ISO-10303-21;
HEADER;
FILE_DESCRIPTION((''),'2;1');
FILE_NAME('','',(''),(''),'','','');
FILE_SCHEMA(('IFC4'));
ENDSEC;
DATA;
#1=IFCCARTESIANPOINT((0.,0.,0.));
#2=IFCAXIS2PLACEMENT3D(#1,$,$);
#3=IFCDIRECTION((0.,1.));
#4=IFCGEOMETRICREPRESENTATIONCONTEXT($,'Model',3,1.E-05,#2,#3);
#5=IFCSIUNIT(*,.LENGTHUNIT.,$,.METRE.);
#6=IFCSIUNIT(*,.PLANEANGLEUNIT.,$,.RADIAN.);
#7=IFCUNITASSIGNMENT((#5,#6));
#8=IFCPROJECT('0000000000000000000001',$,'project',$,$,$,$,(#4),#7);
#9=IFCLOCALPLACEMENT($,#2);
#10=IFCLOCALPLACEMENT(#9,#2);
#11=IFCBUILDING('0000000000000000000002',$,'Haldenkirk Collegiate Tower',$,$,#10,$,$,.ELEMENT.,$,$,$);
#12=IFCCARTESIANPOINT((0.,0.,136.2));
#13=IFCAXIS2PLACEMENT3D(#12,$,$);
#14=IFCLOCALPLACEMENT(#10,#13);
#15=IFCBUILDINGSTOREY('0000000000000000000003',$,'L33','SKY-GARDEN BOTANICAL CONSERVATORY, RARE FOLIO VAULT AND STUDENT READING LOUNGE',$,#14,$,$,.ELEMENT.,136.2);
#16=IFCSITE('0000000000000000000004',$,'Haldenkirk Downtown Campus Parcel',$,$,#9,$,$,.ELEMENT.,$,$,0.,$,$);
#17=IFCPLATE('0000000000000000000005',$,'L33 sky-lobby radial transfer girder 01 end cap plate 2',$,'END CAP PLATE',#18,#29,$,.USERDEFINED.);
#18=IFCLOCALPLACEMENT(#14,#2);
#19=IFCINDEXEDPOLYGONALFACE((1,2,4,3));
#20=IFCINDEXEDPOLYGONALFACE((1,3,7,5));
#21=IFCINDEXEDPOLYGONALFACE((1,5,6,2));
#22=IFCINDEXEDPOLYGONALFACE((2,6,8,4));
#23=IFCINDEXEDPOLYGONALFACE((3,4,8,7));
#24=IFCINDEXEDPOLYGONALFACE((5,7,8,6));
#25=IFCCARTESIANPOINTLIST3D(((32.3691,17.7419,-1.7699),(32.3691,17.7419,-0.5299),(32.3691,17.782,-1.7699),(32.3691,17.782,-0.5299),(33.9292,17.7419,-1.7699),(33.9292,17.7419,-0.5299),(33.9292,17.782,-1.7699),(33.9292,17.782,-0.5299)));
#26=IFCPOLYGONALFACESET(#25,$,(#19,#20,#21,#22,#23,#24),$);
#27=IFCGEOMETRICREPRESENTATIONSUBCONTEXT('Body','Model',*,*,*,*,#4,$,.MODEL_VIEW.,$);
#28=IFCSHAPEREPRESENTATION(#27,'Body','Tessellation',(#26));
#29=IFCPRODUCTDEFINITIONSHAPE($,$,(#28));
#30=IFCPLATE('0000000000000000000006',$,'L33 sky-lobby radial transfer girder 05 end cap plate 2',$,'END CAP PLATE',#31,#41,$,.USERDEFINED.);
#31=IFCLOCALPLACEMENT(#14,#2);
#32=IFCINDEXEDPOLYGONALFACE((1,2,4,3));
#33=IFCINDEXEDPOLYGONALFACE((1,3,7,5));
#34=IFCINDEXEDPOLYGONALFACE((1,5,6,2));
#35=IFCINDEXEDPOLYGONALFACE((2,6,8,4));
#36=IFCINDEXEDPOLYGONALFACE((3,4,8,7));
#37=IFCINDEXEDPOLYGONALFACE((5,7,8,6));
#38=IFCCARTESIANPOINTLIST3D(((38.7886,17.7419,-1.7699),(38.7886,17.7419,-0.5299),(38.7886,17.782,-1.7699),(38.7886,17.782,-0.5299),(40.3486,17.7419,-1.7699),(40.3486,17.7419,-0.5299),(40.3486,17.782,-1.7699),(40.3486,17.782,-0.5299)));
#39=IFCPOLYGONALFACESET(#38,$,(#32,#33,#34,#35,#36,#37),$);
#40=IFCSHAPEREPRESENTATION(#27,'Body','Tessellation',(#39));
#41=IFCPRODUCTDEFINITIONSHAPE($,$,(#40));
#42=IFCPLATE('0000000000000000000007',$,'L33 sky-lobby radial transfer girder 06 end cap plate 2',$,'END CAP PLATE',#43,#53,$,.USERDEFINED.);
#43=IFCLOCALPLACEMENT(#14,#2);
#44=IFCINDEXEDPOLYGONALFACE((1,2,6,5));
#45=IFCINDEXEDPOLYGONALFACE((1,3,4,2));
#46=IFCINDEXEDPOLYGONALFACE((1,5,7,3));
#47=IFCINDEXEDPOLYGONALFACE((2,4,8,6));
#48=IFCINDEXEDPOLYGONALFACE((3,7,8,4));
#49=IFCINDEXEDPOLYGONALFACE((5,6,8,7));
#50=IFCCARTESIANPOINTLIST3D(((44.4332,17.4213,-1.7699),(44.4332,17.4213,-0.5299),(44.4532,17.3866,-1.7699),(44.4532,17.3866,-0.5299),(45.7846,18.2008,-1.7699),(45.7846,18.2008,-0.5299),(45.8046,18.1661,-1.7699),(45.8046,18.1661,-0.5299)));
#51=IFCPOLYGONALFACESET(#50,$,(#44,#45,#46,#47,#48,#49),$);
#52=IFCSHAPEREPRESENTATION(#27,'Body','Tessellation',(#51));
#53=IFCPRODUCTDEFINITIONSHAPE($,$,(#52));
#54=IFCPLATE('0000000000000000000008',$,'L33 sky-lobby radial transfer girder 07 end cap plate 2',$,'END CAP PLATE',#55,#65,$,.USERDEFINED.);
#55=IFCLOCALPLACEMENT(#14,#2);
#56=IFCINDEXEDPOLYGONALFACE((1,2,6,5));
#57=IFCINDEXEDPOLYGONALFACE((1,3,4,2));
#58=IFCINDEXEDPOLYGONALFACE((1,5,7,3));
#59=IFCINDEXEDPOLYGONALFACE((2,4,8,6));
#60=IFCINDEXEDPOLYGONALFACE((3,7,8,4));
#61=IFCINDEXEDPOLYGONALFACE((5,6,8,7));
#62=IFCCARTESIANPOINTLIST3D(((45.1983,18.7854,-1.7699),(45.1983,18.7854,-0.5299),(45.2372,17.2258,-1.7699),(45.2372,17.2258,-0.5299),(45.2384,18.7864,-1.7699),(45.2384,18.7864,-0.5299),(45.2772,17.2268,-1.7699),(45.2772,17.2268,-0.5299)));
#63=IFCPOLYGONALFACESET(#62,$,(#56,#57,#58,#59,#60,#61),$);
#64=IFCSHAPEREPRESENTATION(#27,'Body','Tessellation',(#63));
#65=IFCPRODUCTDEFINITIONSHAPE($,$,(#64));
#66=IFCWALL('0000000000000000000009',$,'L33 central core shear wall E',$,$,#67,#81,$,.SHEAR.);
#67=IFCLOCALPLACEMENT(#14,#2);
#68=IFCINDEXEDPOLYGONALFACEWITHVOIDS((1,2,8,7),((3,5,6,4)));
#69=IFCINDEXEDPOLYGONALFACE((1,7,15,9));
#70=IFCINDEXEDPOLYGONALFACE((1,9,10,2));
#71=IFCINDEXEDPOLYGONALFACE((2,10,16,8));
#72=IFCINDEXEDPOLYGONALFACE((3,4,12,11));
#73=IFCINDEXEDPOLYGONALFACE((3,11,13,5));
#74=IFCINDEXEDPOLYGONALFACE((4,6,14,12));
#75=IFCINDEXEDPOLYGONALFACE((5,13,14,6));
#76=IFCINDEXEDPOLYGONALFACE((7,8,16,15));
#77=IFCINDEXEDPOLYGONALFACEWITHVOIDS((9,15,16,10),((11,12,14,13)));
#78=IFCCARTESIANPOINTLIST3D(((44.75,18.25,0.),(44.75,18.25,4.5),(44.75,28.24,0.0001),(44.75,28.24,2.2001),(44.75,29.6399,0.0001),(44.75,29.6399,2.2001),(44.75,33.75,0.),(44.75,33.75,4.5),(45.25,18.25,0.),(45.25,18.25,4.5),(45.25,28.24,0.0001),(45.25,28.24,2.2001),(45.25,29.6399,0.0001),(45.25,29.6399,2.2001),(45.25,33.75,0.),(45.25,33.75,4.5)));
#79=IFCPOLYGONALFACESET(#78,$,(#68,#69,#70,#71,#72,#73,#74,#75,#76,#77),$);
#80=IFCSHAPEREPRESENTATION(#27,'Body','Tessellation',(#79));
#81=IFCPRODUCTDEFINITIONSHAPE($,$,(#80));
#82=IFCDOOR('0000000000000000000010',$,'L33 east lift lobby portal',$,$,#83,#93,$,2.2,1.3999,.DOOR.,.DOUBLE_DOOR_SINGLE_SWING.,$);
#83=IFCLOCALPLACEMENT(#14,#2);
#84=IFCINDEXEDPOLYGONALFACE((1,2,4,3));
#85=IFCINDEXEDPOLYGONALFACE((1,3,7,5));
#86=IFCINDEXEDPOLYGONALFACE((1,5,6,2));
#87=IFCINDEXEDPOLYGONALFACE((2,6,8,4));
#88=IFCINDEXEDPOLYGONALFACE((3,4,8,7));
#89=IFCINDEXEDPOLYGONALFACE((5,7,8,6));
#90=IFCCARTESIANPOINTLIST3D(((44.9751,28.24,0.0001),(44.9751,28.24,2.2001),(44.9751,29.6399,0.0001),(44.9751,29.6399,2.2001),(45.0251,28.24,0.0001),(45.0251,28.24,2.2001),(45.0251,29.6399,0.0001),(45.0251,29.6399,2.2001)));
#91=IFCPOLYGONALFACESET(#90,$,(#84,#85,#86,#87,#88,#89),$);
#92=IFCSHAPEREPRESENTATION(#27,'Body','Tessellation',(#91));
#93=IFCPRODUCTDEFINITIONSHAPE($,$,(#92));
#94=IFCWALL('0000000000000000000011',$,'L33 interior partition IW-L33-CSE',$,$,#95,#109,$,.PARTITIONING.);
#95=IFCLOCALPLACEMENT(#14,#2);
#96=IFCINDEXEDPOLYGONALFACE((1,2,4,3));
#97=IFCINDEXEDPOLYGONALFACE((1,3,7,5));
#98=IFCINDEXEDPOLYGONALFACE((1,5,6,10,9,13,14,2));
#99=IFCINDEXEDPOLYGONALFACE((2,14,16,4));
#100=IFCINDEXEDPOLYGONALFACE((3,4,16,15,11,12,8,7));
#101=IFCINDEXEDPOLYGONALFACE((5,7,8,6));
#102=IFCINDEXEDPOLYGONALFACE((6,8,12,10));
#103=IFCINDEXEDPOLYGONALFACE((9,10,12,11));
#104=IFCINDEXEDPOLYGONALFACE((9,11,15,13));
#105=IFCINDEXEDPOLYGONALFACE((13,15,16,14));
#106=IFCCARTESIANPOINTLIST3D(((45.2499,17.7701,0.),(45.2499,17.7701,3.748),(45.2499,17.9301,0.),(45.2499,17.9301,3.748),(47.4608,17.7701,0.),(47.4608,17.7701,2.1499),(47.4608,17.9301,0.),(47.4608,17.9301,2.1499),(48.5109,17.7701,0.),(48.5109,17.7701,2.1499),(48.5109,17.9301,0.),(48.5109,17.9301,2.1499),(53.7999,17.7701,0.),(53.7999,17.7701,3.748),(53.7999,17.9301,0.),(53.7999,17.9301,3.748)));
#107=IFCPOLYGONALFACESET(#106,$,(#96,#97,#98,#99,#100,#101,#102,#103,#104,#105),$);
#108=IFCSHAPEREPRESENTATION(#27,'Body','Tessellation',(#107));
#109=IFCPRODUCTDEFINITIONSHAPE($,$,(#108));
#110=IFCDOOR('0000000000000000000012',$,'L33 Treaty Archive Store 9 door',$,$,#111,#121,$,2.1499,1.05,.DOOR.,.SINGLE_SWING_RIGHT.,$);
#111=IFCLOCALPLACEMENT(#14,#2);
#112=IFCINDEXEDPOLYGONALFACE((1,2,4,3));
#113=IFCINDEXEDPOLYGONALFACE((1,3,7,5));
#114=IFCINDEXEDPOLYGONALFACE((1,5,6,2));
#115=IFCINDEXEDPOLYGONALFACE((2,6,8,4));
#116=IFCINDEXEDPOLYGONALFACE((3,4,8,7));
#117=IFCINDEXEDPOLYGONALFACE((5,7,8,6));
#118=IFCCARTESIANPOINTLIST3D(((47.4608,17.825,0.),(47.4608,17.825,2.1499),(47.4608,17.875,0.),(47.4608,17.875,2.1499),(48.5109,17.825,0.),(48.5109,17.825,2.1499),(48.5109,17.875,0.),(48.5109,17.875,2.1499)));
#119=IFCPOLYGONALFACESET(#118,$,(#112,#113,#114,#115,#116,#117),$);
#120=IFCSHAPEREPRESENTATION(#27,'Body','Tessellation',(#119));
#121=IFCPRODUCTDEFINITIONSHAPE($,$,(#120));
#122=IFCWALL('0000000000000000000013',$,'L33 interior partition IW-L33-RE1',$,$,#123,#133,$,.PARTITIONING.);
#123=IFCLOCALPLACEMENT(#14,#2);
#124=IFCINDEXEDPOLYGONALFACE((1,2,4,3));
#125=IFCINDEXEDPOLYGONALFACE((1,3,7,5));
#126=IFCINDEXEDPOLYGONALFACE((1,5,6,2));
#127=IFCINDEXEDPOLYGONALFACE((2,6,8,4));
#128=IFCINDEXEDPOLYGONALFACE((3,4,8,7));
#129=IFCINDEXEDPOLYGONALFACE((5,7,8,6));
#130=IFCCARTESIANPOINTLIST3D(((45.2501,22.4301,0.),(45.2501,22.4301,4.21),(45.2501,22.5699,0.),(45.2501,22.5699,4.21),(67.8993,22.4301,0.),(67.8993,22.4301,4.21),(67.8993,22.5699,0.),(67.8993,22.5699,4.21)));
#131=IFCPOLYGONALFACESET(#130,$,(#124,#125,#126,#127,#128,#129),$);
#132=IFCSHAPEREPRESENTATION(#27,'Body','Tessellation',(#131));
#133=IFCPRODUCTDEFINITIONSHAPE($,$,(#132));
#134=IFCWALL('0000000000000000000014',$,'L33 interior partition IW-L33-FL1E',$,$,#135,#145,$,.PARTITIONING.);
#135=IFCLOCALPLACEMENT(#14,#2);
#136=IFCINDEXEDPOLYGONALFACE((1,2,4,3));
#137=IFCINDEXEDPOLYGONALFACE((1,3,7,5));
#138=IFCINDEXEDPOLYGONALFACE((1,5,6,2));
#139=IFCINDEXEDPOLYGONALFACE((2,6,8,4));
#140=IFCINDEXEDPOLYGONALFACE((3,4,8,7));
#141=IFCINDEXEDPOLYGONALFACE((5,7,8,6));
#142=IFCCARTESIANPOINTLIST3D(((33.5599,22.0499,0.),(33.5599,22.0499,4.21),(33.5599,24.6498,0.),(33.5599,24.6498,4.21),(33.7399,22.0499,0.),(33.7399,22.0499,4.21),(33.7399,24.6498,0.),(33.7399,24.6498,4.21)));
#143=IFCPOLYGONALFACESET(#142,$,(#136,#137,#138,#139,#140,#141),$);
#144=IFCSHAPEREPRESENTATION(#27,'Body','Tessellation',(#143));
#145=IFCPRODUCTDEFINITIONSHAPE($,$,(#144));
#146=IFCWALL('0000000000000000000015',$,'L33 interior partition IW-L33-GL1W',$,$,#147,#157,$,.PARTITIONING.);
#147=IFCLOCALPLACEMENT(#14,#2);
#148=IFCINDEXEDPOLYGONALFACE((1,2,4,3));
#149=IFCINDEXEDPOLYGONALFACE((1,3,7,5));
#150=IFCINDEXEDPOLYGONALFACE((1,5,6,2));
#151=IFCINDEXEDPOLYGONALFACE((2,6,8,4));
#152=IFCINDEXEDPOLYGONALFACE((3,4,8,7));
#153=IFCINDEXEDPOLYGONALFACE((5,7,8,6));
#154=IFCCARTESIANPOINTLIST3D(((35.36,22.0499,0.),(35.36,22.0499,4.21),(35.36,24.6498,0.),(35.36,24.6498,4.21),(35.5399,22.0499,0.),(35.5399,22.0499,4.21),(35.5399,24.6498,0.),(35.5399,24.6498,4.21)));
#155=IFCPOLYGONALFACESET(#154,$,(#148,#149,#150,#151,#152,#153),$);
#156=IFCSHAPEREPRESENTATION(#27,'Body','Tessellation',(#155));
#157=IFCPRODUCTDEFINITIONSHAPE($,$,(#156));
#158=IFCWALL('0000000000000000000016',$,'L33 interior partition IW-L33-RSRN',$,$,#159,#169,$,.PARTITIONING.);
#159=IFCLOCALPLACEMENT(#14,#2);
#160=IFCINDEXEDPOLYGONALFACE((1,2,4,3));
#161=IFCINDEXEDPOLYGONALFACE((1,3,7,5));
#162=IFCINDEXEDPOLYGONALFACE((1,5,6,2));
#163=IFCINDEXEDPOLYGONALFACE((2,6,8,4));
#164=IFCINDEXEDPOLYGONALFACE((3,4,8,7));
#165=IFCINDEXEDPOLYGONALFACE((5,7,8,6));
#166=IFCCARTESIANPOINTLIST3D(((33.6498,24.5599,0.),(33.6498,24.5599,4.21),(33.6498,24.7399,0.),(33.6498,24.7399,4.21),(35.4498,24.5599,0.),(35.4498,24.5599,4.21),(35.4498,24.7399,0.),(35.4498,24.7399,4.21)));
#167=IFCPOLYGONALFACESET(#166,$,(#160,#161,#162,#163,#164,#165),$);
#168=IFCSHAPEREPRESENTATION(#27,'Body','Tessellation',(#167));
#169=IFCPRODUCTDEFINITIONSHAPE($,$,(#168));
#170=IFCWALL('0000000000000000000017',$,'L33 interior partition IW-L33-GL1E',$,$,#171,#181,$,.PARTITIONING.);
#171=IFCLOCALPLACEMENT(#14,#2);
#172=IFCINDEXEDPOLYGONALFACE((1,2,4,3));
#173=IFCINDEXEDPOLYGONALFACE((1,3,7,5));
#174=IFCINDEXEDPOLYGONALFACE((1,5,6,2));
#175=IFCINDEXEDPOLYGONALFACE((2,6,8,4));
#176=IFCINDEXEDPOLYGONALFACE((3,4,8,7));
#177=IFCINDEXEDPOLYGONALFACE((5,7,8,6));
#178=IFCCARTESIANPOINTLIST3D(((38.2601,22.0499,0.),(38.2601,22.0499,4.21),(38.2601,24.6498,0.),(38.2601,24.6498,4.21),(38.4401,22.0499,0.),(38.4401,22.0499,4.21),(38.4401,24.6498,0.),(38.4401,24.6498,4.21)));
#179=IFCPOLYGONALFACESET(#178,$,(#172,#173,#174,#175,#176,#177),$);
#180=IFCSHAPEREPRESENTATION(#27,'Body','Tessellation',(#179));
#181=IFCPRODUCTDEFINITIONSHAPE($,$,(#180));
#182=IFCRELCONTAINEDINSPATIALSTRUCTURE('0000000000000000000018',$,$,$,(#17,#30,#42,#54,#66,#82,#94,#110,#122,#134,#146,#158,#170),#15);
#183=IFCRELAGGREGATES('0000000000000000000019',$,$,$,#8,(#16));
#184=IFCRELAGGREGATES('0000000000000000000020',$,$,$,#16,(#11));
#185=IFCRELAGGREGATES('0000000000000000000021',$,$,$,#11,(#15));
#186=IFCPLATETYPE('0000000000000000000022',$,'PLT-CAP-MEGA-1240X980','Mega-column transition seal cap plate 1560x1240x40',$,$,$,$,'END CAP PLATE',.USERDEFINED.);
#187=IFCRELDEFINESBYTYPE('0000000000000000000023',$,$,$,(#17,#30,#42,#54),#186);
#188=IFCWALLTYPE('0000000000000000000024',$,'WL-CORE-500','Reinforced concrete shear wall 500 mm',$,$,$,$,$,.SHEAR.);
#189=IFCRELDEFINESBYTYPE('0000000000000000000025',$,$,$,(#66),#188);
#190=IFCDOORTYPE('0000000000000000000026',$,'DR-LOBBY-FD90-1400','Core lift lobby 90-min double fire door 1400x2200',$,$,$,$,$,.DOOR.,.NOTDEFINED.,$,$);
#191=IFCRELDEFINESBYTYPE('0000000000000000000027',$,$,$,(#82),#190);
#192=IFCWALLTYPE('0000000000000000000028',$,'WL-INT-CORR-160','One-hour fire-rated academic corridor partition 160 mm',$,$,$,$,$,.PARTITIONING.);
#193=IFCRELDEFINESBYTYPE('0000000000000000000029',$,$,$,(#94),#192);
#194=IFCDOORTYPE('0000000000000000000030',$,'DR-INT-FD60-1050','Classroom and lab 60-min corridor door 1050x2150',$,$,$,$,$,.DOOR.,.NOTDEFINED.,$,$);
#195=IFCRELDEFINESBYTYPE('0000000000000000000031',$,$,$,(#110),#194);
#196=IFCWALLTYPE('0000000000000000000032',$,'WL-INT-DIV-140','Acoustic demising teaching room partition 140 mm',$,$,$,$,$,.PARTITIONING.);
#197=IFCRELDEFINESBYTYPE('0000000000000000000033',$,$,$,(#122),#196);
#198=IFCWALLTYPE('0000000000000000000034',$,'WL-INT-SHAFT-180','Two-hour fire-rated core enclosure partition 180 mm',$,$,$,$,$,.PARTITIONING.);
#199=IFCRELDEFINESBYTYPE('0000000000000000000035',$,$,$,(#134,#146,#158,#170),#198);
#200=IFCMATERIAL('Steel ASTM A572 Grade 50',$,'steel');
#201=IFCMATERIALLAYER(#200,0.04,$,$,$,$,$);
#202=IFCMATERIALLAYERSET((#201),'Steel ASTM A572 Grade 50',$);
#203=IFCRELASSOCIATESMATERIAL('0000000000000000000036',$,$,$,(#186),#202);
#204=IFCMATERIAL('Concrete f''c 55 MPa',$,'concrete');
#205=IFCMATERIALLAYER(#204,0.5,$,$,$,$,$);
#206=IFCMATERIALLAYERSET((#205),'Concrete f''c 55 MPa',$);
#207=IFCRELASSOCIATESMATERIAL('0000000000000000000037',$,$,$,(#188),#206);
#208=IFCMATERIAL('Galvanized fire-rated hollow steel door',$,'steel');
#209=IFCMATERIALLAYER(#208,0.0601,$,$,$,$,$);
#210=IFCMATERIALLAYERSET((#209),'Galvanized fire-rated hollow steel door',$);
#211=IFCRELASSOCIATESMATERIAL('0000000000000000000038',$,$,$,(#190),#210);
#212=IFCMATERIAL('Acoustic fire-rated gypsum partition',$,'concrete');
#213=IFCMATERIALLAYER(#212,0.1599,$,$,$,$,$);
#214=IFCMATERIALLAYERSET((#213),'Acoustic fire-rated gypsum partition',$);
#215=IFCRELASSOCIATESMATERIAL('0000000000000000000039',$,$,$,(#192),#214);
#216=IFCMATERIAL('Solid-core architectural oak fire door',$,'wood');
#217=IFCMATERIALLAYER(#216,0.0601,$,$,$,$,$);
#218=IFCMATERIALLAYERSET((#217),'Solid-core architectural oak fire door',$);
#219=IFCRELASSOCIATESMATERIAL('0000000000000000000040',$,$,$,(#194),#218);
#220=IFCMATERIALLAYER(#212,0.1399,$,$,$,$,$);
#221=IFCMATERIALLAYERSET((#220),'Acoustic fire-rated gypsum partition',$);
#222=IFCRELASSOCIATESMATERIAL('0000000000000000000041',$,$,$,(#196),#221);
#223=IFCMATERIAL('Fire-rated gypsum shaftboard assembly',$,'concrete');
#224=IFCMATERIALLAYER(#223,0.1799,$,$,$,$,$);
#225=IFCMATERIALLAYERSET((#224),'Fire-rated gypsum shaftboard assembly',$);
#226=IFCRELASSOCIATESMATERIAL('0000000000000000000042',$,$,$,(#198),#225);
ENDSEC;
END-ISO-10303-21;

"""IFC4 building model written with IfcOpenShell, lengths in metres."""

from ifc_helpers import new_model, si_unit, direction, frame, frame_2d, origin, origin_2d, place, context, subcontext, project, spatial, rectangle, extrude, source, transform, mapped, material, layer, layer_set, type_object, element, fill, save


model = new_model("IFC4")

# Units and contexts
model_context = context("Model", 3, precision=1e-05, world=origin(), true_north=direction((0.0, 1.0)))
body_context = subcontext(model_context, "Body", "Model", "MODEL_VIEW")
ifc_project = project(units=[si_unit("LENGTHUNIT", "METRE"), si_unit("PLANEANGLEUNIT", "RADIAN")], contexts=[model_context])

# Site, building, storey
site_placement = place(None, origin())
site = spatial("IfcSite", under=ifc_project, at=site_placement, Name="Haldenkirk Downtown Campus Parcel", CompositionType="ELEMENT", RefElevation=0.0)
building_placement = place(site_placement, origin())
building = spatial("IfcBuilding", under=site, at=building_placement, Name="Haldenkirk Collegiate Tower", CompositionType="ELEMENT")
storey_placement = place(building_placement, frame((0.0, 0.0, 136.2)))
storey = spatial("IfcBuildingStorey", under=building, at=storey_placement, Name="L33", Description="SKY-GARDEN BOTANICAL CONSERVATORY, RARE FOLIO VAULT AND STUDENT READING LOUNGE", CompositionType="ELEMENT", Elevation=136.2)

# Plates
ifc_material_1 = material(Name="Steel ASTM A572 Grade 50", Category="steel")
ifc_layer_1 = layer(ifc_material_1, 0.04)
ifc_layer_set_1 = layer_set([ifc_layer_1], Name="Steel ASTM A572 Grade 50")
plate_type = type_object("IfcPlateType", Name="PLT-CAP-MEGA-1240X980", Description="Mega-column transition seal cap plate 1560x1240x40", ElementType="END CAP PLATE", PredefinedType="USERDEFINED", material=ifc_layer_set_1)
shared_shape = source(origin(), body_context, "Body", "SweptSolid", [
    extrude(rectangle(XDim=1.5601, YDim=1.24, at=origin_2d()), origin(), (0.0, 0.0, 1.0), 0.04),
])
for number, where, z_axis, x_axis, name in (
    (1, (33.1492, 17.7419, -1.1499), (0.0, 1.0, 0.0), (-1.0, 0.0, 0.0), "L33 sky-lobby radial transfer girder 01 end cap plate 2"),
    (2, (39.5686, 17.7419, -1.1499), (0.0, 1.0, 0.0), (-1.0, 0.0, 0.0), "L33 sky-lobby radial transfer girder 05 end cap plate 2"),
    (3, (45.1289, 17.7764, -1.1499), (-0.499627, 0.866241, 0.0), (-0.866241, -0.499627, 0.0), "L33 sky-lobby radial transfer girder 06 end cap plate 2"),
    (4, (45.2578, 18.0066, -1.1499), (-0.99969, -0.024917, 0.0), (0.024917, -0.99969, 0.0), "L33 sky-lobby radial transfer girder 07 end cap plate 2"),
):
    element("IfcPlate", number, at=place(storey_placement, frame(where, z_axis=z_axis, x_axis=x_axis)), inside=storey, type_object=plate_type, Name=name, ObjectType="END CAP PLATE", PredefinedType="USERDEFINED", context=body_context, shape_type="MappedRepresentation", body=[
        mapped(shared_shape, transform((0.0, 0.0, 0.0), x_axis=(1.0, 0.0, 0.0), y_axis=(0.0, 1.0, 0.0), z_axis=(0.0, 0.0, 1.0), scale=1.0)),
    ])

# Walls, openings, doors
ifc_material_2 = material(Name="Concrete f'c 55 MPa", Category="concrete")
ifc_layer_2 = layer(ifc_material_2, 0.5)
ifc_layer_set_2 = layer_set([ifc_layer_2], Name="Concrete f'c 55 MPa")
wall_type_1 = type_object("IfcWallType", Name="WL-CORE-500", Description="Reinforced concrete shear wall 500 mm", PredefinedType="SHEAR", material=ifc_layer_set_2)
wall_1_placement = place(storey_placement, frame((45.0, 18.25, 0.0), z_axis=(0.0, 0.0, 1.0), x_axis=(0.0, 1.0, 0.0)))
wall_1 = element("IfcWall", 5, at=wall_1_placement, inside=storey, type_object=wall_type_1, Name="L33 central core shear wall E", PredefinedType="SHEAR", context=body_context, shape_type="SweptSolid", body=[
    extrude(rectangle(XDim=15.5, YDim=0.5, at=frame_2d((7.75, 0.0))), origin(), (0.0, 0.0, 1.0), 4.5),
])
opening_1_placement = place(wall_1_placement, frame((9.99, 0.0, 0.0)))
opening_1 = element("IfcOpeningElement", 6, at=opening_1_placement, cuts=wall_1, PredefinedType="OPENING", context=body_context, shape_type="SweptSolid", body=[
    extrude(rectangle(XDim=1.3999, YDim=2.2, at=frame_2d((0.7, 1.1001))), frame((0.0, 0.26, 0.0), z_axis=(0.0, -1.0, 0.0), x_axis=(1.0, 0.0, 0.0)), (0.0, 0.0, 1.0), 0.52),
])
ifc_material_3 = material(Name="Galvanized fire-rated hollow steel door", Category="steel")
ifc_layer_3 = layer(ifc_material_3, 0.0601)
ifc_layer_set_3 = layer_set([ifc_layer_3], Name="Galvanized fire-rated hollow steel door")
door_type_1 = type_object("IfcDoorType", Name="DR-LOBBY-FD90-1400", Description="Core lift lobby 90-min double fire door 1400x2200", OperationType="NOTDEFINED", PredefinedType="DOOR", material=ifc_layer_set_3)
door_1_placement = place(opening_1_placement, origin())
door_1 = element("IfcDoor", 7, at=door_1_placement, inside=storey, type_object=door_type_1, Name="L33 east lift lobby portal", OperationType="DOUBLE_DOOR_SINGLE_SWING", OverallHeight=2.2, OverallWidth=1.3999, PredefinedType="DOOR", context=body_context, shape_type="SweptSolid", body=[
    extrude(rectangle(XDim=1.3999, YDim=2.2, at=frame_2d((0.7, 1.1001))), frame((0.0, 0.0249, 0.0), z_axis=(0.0, -1.0, 0.0), x_axis=(1.0, 0.0, 0.0)), (0.0, 0.0, 1.0), 0.05),
])
fill(opening_1, door_1)
ifc_material_4 = material(Name="Acoustic fire-rated gypsum partition", Category="concrete")
ifc_layer_4 = layer(ifc_material_4, 0.1599)
ifc_layer_set_4 = layer_set([ifc_layer_4], Name="Acoustic fire-rated gypsum partition")
wall_type_2 = type_object("IfcWallType", Name="WL-INT-CORR-160", Description="One-hour fire-rated academic corridor partition 160 mm", PredefinedType="PARTITIONING", material=ifc_layer_set_4)
wall_2_placement = place(storey_placement, frame((45.25, 17.8501, 0.0), z_axis=(0.0, 0.0, 1.0), x_axis=(1.0, 0.0, 0.0)))
wall_2 = element("IfcWall", 8, at=wall_2_placement, inside=storey, type_object=wall_type_2, Name="L33 interior partition IW-L33-CSE", PredefinedType="PARTITIONING", context=body_context, shape_type="SweptSolid", body=[
    extrude(rectangle(XDim=8.55, YDim=0.1599, at=frame_2d((4.2749, 0.0))), origin(), (0.0, 0.0, 1.0), 3.748),
])
opening_2_placement = place(wall_2_placement, frame((2.2109, 0.0, 0.0)))
opening_2 = element("IfcOpeningElement", 9, at=opening_2_placement, cuts=wall_2, PredefinedType="OPENING", context=body_context, shape_type="SweptSolid", body=[
    extrude(rectangle(XDim=1.05, YDim=2.1499, at=frame_2d((0.5249, 1.075))), frame((0.0, 0.0898, 0.0), z_axis=(0.0, -1.0, 0.0), x_axis=(1.0, 0.0, 0.0)), (0.0, 0.0, 1.0), 0.1799),
])
ifc_material_5 = material(Name="Solid-core architectural oak fire door", Category="wood")
ifc_layer_5 = layer(ifc_material_5, 0.0601)
ifc_layer_set_5 = layer_set([ifc_layer_5], Name="Solid-core architectural oak fire door")
door_type_2 = type_object("IfcDoorType", Name="DR-INT-FD60-1050", Description="Classroom and lab 60-min corridor door 1050x2150", OperationType="NOTDEFINED", PredefinedType="DOOR", material=ifc_layer_set_5)
door_2_placement = place(opening_2_placement, origin())
door_2 = element("IfcDoor", 10, at=door_2_placement, inside=storey, type_object=door_type_2, Name="L33 Treaty Archive Store 9 door", OperationType="SINGLE_SWING_RIGHT", OverallHeight=2.1499, OverallWidth=1.05, PredefinedType="DOOR", context=body_context, shape_type="SweptSolid", body=[
    extrude(rectangle(XDim=1.05, YDim=2.1499, at=frame_2d((0.5249, 1.075))), frame((0.0, 0.0249, 0.0), z_axis=(0.0, -1.0, 0.0), x_axis=(1.0, 0.0, 0.0)), (0.0, 0.0, 1.0), 0.05),
])
fill(opening_2, door_2)

# Walls
ifc_layer_6 = layer(ifc_material_4, 0.1399)
ifc_layer_set_6 = layer_set([ifc_layer_6], Name="Acoustic fire-rated gypsum partition")
wall_type_3 = type_object("IfcWallType", Name="WL-INT-DIV-140", Description="Acoustic demising teaching room partition 140 mm", PredefinedType="PARTITIONING", material=ifc_layer_set_6)
wall_3_placement = place(storey_placement, frame((45.25, 22.5, 0.0), z_axis=(0.0, 0.0, 1.0), x_axis=(1.0, 0.0, 0.0)))
element("IfcWall", 11, at=wall_3_placement, inside=storey, type_object=wall_type_3, Name="L33 interior partition IW-L33-RE1", PredefinedType="PARTITIONING", context=body_context, shape_type="SweptSolid", body=[
    extrude(rectangle(XDim=22.6492, YDim=0.1399, at=frame_2d((11.3247, 0.0))), origin(), (0.0, 0.0, 1.0), 4.21),
])
ifc_material_6 = material(Name="Fire-rated gypsum shaftboard assembly", Category="concrete")
ifc_layer_7 = layer(ifc_material_6, 0.1799)
ifc_layer_set_7 = layer_set([ifc_layer_7], Name="Fire-rated gypsum shaftboard assembly")
wall_type_4 = type_object("IfcWallType", Name="WL-INT-SHAFT-180", Description="Two-hour fire-rated core enclosure partition 180 mm", PredefinedType="PARTITIONING", material=ifc_layer_set_7)
for number, where, z_axis, x_axis, name in (
    (12, (33.6499, 22.05, 0.0), (0.0, 0.0, 1.0), (0.0, 1.0, 0.0), "L33 interior partition IW-L33-FL1E"),
    (13, (35.45, 22.05, 0.0), (0.0, 0.0, 1.0), (0.0, 1.0, 0.0), "L33 interior partition IW-L33-GL1W"),
):
    element("IfcWall", number, at=place(storey_placement, frame(where, z_axis=z_axis, x_axis=x_axis)), inside=storey, type_object=wall_type_4, Name=name, PredefinedType="PARTITIONING", context=body_context, shape_type="SweptSolid", body=[
        extrude(rectangle(XDim=2.5999, YDim=0.1799, at=frame_2d((1.2998, 0.0))), origin(), (0.0, 0.0, 1.0), 4.21),
    ])
wall_4_placement = place(storey_placement, frame((33.6499, 24.6499, 0.0), z_axis=(0.0, 0.0, 1.0), x_axis=(1.0, 0.0, 0.0)))
element("IfcWall", 14, at=wall_4_placement, inside=storey, type_object=wall_type_4, Name="L33 interior partition IW-L33-RSRN", PredefinedType="PARTITIONING", context=body_context, shape_type="SweptSolid", body=[
    extrude(rectangle(XDim=1.8, YDim=0.1799, at=frame_2d((0.8999, 0.0))), origin(), (0.0, 0.0, 1.0), 4.21),
])
wall_5_placement = place(storey_placement, frame((38.3501, 22.05, 0.0), z_axis=(0.0, 0.0, 1.0), x_axis=(0.0, 1.0, 0.0)))
element("IfcWall", 15, at=wall_5_placement, inside=storey, type_object=wall_type_4, Name="L33 interior partition IW-L33-GL1E", PredefinedType="PARTITIONING", context=body_context, shape_type="SweptSolid", body=[
    extrude(rectangle(XDim=2.5999, YDim=0.1799, at=frame_2d((1.2998, 0.0))), origin(), (0.0, 0.0, 1.0), 4.21),
])

save(model, "model.ifc")
